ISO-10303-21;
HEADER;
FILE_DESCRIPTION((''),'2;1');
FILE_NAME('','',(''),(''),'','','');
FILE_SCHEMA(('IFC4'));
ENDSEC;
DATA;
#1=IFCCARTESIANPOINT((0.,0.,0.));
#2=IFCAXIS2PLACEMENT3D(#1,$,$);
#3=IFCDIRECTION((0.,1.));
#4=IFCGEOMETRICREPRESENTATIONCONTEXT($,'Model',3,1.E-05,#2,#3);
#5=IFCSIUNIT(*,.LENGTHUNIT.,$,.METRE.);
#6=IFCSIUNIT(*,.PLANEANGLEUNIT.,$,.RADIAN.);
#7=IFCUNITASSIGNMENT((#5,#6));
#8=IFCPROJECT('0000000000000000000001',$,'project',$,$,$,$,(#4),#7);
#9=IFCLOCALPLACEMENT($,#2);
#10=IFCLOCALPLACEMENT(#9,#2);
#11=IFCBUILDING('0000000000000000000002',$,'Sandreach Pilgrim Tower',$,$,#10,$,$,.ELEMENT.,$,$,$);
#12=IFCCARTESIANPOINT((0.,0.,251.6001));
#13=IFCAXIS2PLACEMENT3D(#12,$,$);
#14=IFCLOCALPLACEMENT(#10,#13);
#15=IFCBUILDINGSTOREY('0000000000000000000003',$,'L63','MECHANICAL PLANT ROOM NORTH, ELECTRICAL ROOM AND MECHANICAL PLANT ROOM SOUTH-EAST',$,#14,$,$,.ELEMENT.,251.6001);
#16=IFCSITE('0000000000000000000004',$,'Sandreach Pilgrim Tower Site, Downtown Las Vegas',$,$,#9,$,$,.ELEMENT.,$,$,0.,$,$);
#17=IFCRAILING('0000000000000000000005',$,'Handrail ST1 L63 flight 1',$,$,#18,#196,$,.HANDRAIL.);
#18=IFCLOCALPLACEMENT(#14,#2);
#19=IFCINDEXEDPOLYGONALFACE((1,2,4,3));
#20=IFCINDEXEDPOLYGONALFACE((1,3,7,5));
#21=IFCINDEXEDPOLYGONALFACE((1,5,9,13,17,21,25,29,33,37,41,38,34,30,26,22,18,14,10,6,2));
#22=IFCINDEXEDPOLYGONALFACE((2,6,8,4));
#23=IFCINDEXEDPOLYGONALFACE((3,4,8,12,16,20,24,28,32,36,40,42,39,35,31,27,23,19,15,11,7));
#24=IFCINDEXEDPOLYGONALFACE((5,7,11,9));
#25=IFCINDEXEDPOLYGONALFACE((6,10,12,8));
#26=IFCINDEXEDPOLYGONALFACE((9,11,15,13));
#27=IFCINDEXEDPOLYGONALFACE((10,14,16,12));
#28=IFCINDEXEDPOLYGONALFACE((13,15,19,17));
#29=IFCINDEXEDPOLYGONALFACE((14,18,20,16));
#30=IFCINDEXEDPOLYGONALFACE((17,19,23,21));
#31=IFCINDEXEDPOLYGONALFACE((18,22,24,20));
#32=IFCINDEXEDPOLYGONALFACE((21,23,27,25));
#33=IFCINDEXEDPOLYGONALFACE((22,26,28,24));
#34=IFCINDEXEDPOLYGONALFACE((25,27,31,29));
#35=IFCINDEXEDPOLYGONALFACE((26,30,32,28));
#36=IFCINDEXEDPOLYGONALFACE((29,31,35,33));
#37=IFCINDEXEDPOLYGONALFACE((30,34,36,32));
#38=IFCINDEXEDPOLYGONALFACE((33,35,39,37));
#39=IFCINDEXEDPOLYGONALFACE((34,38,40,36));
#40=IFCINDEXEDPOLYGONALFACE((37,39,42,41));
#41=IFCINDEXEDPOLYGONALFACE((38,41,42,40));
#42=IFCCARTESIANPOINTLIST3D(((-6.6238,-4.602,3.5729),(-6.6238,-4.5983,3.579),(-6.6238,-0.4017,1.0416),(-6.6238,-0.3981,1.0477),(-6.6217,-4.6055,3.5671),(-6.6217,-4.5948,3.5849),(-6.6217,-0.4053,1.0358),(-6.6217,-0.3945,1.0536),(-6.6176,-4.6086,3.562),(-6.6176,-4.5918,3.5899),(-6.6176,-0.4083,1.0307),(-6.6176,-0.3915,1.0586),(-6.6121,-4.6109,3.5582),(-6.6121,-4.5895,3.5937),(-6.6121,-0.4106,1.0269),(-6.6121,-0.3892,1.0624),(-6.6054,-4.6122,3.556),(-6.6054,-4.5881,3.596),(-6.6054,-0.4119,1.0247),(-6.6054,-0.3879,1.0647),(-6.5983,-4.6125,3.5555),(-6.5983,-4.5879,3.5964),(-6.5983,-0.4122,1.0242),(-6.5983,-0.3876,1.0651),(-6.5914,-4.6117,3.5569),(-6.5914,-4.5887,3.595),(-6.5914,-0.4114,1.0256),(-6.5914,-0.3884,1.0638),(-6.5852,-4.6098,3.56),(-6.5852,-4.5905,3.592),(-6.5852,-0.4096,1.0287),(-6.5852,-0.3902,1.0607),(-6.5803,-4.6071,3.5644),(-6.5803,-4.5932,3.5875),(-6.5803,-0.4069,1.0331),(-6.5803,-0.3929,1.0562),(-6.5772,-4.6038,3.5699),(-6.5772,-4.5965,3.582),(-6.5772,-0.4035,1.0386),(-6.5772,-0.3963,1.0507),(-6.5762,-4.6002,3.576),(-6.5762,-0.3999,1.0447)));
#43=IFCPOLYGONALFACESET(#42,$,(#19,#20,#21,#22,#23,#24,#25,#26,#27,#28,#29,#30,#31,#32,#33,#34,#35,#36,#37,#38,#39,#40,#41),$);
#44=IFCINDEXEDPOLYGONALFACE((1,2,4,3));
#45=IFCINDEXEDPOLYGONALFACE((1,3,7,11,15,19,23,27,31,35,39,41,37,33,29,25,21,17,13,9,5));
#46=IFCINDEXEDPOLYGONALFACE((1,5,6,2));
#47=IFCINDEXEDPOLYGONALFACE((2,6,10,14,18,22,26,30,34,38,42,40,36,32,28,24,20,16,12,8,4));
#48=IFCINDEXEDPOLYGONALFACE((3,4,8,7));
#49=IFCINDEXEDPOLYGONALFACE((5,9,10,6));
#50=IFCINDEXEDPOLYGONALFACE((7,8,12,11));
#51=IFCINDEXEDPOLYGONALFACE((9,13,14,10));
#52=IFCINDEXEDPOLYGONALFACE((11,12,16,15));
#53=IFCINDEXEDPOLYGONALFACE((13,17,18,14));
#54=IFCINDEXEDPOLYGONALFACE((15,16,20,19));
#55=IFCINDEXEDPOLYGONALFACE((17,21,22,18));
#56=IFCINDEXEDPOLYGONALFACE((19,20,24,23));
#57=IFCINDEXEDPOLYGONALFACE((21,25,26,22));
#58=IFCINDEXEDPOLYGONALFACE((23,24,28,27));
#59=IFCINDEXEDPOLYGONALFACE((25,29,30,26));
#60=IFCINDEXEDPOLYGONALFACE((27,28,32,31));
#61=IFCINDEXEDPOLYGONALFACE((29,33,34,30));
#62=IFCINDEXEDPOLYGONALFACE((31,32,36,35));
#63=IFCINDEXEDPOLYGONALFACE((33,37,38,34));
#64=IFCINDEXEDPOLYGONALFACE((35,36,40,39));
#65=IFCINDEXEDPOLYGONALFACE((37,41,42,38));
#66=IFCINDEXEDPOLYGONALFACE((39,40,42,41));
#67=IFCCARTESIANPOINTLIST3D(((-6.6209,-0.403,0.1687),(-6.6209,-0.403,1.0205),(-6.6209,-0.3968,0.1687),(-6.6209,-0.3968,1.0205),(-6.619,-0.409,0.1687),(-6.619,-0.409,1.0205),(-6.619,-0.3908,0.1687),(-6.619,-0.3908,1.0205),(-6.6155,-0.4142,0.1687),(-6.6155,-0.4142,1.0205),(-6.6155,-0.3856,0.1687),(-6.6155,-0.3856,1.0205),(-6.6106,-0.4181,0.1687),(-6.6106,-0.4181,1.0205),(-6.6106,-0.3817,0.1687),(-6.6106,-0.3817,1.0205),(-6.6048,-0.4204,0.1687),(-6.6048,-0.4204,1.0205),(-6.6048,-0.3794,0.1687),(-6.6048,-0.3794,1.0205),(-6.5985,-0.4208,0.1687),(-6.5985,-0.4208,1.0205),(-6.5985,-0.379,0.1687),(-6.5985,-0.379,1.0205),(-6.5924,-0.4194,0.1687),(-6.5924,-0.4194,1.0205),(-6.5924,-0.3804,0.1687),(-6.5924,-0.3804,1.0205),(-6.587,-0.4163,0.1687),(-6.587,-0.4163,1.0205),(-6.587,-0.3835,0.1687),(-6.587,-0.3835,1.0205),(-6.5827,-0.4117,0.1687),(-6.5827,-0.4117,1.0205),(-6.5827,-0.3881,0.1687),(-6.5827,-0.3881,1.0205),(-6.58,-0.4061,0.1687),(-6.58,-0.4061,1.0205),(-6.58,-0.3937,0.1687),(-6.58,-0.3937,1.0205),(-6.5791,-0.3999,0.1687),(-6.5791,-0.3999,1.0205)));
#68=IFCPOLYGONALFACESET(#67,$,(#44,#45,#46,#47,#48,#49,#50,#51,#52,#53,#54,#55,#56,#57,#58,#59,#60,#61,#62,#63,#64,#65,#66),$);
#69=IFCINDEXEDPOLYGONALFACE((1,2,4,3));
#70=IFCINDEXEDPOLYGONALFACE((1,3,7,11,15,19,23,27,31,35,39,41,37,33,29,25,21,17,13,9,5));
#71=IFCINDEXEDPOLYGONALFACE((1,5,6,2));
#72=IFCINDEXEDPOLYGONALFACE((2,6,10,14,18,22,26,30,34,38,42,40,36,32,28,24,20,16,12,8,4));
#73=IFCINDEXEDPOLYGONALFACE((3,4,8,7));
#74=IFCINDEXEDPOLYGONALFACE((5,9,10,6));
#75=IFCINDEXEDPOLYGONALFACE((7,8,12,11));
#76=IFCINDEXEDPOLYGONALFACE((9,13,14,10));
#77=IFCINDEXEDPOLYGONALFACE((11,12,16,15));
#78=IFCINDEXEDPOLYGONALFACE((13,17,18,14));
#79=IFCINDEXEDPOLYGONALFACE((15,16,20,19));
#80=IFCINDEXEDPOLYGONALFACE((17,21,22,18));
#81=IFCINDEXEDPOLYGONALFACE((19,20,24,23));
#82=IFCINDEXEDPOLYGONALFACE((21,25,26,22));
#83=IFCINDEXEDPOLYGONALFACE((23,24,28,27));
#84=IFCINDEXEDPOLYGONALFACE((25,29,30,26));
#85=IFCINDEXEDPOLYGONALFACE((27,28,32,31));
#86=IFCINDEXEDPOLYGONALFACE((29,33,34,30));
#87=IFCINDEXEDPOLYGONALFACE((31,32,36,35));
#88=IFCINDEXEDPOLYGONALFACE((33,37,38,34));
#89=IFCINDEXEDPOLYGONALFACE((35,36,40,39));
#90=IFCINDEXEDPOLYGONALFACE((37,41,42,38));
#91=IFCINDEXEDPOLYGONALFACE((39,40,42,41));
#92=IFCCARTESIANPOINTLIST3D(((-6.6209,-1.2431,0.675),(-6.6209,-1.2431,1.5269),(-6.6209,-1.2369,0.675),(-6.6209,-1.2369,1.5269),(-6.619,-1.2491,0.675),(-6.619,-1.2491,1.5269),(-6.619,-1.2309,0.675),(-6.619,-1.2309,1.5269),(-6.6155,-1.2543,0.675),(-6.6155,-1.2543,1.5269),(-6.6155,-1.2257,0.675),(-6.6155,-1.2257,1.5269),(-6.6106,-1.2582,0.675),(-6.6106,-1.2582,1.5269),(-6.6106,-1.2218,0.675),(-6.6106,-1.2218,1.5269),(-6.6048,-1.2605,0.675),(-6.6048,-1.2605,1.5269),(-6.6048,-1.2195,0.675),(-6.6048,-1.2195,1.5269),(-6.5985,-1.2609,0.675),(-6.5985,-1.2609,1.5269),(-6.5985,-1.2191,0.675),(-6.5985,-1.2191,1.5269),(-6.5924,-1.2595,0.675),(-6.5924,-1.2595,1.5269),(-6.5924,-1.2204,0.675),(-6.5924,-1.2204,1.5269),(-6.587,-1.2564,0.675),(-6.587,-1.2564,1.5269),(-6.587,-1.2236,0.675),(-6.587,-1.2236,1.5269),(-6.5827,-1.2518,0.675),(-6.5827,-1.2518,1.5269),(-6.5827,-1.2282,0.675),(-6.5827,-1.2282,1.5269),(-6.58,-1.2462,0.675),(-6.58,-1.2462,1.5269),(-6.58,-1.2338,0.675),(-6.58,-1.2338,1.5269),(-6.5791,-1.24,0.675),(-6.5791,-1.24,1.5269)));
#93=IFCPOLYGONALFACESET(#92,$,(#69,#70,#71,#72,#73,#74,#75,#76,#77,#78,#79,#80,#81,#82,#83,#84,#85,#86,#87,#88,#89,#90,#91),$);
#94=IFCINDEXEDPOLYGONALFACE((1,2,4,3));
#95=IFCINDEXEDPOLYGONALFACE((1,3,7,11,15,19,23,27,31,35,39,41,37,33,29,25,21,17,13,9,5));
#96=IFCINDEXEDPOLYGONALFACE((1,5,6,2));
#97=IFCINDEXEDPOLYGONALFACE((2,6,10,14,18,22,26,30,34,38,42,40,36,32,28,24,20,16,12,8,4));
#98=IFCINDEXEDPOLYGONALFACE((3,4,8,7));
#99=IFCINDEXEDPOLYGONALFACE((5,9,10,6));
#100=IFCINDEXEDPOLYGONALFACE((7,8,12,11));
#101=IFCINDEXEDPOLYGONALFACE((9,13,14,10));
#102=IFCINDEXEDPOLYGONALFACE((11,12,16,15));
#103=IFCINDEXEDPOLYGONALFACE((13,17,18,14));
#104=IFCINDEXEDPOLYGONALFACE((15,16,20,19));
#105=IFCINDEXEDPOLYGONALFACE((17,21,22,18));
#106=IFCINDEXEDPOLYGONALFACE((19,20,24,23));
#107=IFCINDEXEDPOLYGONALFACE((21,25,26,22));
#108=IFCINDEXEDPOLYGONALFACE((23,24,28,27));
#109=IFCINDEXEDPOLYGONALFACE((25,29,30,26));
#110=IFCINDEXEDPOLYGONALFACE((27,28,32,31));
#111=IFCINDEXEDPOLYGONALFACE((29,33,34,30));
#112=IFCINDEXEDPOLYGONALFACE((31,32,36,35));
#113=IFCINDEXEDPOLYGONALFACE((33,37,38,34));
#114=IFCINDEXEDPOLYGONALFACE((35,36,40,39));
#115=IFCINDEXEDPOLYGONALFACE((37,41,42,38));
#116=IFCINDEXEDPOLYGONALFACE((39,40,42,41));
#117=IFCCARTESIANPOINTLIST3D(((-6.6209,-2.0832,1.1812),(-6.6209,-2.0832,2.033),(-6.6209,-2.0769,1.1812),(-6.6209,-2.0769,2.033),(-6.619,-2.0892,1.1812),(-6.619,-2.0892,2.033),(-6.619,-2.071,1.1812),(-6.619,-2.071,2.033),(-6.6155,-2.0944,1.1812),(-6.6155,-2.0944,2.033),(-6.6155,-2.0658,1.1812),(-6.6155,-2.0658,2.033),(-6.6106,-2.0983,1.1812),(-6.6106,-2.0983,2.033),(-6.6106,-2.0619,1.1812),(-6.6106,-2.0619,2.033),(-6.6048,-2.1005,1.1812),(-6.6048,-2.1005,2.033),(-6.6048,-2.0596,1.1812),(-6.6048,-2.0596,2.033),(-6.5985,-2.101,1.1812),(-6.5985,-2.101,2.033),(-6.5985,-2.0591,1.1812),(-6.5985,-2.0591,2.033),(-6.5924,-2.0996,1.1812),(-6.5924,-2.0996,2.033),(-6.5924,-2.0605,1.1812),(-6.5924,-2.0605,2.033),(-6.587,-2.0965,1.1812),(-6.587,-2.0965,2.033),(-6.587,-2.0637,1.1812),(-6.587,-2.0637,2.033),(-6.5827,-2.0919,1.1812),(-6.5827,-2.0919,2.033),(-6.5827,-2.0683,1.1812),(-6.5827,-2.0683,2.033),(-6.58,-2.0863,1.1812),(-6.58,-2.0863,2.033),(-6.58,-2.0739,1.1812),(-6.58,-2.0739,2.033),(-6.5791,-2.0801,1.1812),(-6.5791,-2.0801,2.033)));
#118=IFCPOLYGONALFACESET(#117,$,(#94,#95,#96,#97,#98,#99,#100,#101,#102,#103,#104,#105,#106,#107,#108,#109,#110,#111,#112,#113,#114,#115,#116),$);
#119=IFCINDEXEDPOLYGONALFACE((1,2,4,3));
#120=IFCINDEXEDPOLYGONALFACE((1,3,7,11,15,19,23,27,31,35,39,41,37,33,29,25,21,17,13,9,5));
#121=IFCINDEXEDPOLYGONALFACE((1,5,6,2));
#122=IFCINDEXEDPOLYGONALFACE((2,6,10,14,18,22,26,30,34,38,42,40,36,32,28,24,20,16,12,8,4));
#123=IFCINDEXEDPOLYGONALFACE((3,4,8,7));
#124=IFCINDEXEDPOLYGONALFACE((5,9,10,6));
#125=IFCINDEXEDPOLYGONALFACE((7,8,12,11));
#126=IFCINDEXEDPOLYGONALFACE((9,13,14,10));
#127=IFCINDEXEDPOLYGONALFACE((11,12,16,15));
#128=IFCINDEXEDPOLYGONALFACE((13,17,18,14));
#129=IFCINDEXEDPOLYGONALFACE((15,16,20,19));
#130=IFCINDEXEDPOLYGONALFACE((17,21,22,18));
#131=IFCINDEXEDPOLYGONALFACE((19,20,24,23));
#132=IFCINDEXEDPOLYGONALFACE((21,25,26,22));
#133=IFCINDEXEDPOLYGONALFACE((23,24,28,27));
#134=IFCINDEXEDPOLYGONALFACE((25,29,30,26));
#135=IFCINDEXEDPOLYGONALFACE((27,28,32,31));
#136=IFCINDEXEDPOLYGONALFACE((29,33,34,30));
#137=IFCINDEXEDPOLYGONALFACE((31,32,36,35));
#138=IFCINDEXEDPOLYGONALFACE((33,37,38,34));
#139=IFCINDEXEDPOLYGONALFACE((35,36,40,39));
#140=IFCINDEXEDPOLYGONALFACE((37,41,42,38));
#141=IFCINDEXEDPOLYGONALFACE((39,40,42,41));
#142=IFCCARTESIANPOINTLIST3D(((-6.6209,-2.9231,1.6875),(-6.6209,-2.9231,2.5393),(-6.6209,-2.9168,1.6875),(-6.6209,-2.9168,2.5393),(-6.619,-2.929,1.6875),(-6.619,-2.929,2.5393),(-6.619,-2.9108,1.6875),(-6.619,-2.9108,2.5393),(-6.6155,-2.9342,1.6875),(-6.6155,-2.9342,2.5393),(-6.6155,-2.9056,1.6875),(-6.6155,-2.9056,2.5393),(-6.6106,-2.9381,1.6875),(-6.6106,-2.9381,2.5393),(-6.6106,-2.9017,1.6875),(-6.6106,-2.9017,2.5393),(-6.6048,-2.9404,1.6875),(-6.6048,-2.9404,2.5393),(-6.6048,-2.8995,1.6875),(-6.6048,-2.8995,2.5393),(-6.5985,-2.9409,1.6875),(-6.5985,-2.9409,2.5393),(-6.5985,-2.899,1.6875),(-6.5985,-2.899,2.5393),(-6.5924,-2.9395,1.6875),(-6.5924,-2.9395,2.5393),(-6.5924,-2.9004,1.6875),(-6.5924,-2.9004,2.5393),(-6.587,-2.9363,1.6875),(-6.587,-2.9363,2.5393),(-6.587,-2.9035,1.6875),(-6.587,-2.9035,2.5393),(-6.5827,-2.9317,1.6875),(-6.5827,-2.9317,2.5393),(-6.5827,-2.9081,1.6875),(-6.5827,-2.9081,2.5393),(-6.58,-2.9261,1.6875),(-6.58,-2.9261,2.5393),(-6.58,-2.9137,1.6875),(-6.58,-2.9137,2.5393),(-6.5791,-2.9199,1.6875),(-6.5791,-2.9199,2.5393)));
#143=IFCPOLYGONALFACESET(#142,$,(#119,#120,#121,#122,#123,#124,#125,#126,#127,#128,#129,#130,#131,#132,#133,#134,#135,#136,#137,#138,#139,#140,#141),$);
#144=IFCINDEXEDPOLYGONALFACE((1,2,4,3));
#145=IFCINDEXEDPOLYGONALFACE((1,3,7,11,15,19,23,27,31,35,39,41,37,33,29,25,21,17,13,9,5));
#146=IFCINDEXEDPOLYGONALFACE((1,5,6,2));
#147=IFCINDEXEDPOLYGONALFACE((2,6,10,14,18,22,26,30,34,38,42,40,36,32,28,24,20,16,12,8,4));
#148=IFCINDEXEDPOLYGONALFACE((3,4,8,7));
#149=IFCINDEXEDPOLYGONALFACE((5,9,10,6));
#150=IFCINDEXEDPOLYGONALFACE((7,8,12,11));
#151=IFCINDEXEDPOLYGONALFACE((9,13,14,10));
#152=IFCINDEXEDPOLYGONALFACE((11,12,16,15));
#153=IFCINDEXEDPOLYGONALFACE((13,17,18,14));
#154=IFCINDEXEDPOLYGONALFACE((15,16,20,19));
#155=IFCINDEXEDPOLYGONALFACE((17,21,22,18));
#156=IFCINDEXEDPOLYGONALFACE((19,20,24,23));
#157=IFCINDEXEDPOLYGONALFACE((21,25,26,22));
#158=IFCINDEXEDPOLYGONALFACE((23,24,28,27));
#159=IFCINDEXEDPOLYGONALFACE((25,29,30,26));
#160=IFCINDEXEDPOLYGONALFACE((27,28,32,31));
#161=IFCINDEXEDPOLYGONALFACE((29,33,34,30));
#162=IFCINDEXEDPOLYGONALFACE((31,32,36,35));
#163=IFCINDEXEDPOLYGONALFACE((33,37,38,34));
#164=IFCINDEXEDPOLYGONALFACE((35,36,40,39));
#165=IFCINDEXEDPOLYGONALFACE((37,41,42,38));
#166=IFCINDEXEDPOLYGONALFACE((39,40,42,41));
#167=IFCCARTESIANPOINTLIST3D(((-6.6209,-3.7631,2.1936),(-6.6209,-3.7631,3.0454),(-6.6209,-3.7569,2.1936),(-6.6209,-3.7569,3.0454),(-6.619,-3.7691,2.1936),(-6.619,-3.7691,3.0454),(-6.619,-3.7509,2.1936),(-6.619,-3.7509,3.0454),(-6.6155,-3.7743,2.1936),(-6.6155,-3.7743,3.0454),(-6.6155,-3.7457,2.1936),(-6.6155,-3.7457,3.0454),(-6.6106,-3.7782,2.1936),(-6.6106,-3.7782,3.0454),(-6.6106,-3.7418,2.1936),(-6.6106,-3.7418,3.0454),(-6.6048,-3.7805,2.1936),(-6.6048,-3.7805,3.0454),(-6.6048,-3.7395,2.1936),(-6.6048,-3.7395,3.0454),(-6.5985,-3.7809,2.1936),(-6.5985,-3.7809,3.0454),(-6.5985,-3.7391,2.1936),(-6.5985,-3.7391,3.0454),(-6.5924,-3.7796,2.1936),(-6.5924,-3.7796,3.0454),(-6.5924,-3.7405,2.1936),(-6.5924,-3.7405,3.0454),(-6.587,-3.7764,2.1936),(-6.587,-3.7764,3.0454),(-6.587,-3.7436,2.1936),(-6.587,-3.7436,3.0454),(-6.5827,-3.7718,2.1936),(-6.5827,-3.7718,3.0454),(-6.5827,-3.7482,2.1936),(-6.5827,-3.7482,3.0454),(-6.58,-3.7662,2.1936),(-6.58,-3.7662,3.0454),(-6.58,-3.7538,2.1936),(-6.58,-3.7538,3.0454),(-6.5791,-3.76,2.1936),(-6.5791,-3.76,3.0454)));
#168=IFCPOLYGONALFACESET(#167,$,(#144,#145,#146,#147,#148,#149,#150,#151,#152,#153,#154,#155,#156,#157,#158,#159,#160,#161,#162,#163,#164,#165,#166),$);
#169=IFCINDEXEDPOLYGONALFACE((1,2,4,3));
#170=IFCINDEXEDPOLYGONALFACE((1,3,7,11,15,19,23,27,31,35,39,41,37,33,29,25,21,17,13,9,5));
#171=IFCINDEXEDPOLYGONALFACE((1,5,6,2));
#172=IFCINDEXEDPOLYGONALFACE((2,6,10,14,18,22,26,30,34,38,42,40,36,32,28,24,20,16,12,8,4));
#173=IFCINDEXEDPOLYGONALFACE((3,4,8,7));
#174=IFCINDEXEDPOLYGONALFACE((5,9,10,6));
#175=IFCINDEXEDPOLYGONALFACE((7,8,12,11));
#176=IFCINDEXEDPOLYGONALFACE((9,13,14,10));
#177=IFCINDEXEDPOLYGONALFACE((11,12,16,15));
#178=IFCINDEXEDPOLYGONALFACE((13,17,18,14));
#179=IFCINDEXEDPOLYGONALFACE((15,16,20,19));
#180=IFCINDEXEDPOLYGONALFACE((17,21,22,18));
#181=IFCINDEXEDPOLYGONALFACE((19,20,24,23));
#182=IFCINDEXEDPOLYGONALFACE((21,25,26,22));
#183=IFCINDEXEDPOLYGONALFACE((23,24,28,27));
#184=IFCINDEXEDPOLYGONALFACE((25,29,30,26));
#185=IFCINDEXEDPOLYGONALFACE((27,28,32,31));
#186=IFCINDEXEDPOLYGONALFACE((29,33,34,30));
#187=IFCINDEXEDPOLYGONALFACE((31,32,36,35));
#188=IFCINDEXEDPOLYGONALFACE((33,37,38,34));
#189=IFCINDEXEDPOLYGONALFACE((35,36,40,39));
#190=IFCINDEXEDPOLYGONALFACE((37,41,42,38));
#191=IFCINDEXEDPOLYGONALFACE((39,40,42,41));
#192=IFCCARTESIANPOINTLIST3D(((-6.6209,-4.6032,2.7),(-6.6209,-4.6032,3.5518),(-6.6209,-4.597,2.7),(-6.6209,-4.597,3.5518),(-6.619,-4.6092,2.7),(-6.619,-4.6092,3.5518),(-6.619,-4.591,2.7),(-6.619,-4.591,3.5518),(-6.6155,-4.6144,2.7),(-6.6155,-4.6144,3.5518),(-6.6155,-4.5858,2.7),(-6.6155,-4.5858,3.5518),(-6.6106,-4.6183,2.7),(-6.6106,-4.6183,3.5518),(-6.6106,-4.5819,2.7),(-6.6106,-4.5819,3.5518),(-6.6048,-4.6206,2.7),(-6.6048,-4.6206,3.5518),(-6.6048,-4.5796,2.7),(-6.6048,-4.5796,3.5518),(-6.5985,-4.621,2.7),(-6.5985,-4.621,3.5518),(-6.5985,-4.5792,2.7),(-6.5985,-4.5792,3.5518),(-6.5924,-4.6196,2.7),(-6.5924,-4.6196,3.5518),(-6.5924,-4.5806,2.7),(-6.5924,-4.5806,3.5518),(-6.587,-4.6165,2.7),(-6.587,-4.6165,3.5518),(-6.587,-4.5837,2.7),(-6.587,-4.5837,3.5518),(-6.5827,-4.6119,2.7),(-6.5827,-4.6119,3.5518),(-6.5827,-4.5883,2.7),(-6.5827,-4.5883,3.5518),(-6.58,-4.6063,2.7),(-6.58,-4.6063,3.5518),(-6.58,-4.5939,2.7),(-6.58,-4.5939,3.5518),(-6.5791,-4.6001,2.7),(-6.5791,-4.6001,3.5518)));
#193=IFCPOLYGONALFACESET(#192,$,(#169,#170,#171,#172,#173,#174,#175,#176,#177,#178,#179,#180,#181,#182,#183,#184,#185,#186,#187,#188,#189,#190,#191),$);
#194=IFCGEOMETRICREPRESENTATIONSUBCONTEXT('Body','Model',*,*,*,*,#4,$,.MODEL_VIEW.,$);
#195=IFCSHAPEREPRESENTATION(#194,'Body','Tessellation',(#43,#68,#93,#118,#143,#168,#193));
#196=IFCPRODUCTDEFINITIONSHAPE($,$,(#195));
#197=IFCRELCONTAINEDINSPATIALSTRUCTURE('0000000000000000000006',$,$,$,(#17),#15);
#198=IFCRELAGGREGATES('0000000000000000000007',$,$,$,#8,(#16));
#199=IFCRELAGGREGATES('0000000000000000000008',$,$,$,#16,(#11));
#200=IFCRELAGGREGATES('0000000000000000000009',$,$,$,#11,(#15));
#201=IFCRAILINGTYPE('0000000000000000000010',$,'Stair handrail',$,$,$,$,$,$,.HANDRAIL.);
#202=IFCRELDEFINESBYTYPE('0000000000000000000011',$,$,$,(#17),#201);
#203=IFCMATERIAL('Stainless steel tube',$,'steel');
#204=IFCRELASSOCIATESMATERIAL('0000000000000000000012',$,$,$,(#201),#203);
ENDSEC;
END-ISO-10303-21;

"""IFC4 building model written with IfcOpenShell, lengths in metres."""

from ifc_helpers import new_model, si_unit, direction, frame, origin, origin_2d, place, context, subcontext, project, spatial, circle, extrude, material, type_object, element, save


model = new_model("IFC4")

# Units and contexts
model_context = context("Model", 3, precision=1e-05, world=origin(), true_north=direction((0.0, 1.0)))
body_context = subcontext(model_context, "Body", "Model", "MODEL_VIEW")
ifc_project = project(units=[si_unit("LENGTHUNIT", "METRE"), si_unit("PLANEANGLEUNIT", "RADIAN")], contexts=[model_context])

# Site, building, storey
site_placement = place(None, origin())
site = spatial("IfcSite", under=ifc_project, at=site_placement, Name="Sandreach Pilgrim Tower Site, Downtown Las Vegas", CompositionType="ELEMENT", RefElevation=0.0)
building_placement = place(site_placement, origin())
building = spatial("IfcBuilding", under=site, at=building_placement, Name="Sandreach Pilgrim Tower", CompositionType="ELEMENT")
storey_placement = place(building_placement, frame((0.0, 0.0, 251.6001)))
storey = spatial("IfcBuildingStorey", under=building, at=storey_placement, Name="L63", Description="MECHANICAL PLANT ROOM NORTH, ELECTRICAL ROOM AND MECHANICAL PLANT ROOM SOUTH-EAST", CompositionType="ELEMENT", Elevation=251.6001)

# Railing
ifc_material_1 = material(Name="Stainless steel tube", Category="steel")
railing_type = type_object("IfcRailingType", Name="Stair handrail", PredefinedType="HANDRAIL", material=ifc_material_1)
for number, where, name in (
    (1, (-6.6001, -0.3999, 0.1687), "Handrail ST1 L63 flight 1"),
):
    element("IfcRailing", number, at=place(storey_placement, frame(where)), inside=storey, type_object=railing_type, Name=name, PredefinedType="HANDRAIL", context=body_context, shape_type="SweptSolid", body=[
        extrude(circle(Radius=0.0239, at=origin_2d()), frame((0.0, 0.0, 0.876), z_axis=(0.0, -0.85649, 0.516164), x_axis=(1.0, 0.0, 0.0)), (0.0, 0.0, 1.0), 4.9041),
        extrude(circle(Radius=0.021, at=origin_2d()), origin(), (0.0, 0.0, 1.0), 0.8518),
        extrude(circle(Radius=0.021, at=origin_2d()), frame((0.0, -0.8401, 0.5063)), (0.0, 0.0, 1.0), 0.8518),
        extrude(circle(Radius=0.021, at=origin_2d()), frame((0.0, -1.6802, 1.0125)), (0.0, 0.0, 1.0), 0.8518),
        extrude(circle(Radius=0.021, at=origin_2d()), frame((0.0, -2.52, 1.5188)), (0.0, 0.0, 1.0), 0.8518),
        extrude(circle(Radius=0.021, at=origin_2d()), frame((0.0, -3.3601, 2.0249)), (0.0, 0.0, 1.0), 0.8518),
        extrude(circle(Radius=0.021, at=origin_2d()), frame((0.0, -4.2002, 2.5312)), (0.0, 0.0, 1.0), 0.8518),
    ])

save(model, "model.ifc")
